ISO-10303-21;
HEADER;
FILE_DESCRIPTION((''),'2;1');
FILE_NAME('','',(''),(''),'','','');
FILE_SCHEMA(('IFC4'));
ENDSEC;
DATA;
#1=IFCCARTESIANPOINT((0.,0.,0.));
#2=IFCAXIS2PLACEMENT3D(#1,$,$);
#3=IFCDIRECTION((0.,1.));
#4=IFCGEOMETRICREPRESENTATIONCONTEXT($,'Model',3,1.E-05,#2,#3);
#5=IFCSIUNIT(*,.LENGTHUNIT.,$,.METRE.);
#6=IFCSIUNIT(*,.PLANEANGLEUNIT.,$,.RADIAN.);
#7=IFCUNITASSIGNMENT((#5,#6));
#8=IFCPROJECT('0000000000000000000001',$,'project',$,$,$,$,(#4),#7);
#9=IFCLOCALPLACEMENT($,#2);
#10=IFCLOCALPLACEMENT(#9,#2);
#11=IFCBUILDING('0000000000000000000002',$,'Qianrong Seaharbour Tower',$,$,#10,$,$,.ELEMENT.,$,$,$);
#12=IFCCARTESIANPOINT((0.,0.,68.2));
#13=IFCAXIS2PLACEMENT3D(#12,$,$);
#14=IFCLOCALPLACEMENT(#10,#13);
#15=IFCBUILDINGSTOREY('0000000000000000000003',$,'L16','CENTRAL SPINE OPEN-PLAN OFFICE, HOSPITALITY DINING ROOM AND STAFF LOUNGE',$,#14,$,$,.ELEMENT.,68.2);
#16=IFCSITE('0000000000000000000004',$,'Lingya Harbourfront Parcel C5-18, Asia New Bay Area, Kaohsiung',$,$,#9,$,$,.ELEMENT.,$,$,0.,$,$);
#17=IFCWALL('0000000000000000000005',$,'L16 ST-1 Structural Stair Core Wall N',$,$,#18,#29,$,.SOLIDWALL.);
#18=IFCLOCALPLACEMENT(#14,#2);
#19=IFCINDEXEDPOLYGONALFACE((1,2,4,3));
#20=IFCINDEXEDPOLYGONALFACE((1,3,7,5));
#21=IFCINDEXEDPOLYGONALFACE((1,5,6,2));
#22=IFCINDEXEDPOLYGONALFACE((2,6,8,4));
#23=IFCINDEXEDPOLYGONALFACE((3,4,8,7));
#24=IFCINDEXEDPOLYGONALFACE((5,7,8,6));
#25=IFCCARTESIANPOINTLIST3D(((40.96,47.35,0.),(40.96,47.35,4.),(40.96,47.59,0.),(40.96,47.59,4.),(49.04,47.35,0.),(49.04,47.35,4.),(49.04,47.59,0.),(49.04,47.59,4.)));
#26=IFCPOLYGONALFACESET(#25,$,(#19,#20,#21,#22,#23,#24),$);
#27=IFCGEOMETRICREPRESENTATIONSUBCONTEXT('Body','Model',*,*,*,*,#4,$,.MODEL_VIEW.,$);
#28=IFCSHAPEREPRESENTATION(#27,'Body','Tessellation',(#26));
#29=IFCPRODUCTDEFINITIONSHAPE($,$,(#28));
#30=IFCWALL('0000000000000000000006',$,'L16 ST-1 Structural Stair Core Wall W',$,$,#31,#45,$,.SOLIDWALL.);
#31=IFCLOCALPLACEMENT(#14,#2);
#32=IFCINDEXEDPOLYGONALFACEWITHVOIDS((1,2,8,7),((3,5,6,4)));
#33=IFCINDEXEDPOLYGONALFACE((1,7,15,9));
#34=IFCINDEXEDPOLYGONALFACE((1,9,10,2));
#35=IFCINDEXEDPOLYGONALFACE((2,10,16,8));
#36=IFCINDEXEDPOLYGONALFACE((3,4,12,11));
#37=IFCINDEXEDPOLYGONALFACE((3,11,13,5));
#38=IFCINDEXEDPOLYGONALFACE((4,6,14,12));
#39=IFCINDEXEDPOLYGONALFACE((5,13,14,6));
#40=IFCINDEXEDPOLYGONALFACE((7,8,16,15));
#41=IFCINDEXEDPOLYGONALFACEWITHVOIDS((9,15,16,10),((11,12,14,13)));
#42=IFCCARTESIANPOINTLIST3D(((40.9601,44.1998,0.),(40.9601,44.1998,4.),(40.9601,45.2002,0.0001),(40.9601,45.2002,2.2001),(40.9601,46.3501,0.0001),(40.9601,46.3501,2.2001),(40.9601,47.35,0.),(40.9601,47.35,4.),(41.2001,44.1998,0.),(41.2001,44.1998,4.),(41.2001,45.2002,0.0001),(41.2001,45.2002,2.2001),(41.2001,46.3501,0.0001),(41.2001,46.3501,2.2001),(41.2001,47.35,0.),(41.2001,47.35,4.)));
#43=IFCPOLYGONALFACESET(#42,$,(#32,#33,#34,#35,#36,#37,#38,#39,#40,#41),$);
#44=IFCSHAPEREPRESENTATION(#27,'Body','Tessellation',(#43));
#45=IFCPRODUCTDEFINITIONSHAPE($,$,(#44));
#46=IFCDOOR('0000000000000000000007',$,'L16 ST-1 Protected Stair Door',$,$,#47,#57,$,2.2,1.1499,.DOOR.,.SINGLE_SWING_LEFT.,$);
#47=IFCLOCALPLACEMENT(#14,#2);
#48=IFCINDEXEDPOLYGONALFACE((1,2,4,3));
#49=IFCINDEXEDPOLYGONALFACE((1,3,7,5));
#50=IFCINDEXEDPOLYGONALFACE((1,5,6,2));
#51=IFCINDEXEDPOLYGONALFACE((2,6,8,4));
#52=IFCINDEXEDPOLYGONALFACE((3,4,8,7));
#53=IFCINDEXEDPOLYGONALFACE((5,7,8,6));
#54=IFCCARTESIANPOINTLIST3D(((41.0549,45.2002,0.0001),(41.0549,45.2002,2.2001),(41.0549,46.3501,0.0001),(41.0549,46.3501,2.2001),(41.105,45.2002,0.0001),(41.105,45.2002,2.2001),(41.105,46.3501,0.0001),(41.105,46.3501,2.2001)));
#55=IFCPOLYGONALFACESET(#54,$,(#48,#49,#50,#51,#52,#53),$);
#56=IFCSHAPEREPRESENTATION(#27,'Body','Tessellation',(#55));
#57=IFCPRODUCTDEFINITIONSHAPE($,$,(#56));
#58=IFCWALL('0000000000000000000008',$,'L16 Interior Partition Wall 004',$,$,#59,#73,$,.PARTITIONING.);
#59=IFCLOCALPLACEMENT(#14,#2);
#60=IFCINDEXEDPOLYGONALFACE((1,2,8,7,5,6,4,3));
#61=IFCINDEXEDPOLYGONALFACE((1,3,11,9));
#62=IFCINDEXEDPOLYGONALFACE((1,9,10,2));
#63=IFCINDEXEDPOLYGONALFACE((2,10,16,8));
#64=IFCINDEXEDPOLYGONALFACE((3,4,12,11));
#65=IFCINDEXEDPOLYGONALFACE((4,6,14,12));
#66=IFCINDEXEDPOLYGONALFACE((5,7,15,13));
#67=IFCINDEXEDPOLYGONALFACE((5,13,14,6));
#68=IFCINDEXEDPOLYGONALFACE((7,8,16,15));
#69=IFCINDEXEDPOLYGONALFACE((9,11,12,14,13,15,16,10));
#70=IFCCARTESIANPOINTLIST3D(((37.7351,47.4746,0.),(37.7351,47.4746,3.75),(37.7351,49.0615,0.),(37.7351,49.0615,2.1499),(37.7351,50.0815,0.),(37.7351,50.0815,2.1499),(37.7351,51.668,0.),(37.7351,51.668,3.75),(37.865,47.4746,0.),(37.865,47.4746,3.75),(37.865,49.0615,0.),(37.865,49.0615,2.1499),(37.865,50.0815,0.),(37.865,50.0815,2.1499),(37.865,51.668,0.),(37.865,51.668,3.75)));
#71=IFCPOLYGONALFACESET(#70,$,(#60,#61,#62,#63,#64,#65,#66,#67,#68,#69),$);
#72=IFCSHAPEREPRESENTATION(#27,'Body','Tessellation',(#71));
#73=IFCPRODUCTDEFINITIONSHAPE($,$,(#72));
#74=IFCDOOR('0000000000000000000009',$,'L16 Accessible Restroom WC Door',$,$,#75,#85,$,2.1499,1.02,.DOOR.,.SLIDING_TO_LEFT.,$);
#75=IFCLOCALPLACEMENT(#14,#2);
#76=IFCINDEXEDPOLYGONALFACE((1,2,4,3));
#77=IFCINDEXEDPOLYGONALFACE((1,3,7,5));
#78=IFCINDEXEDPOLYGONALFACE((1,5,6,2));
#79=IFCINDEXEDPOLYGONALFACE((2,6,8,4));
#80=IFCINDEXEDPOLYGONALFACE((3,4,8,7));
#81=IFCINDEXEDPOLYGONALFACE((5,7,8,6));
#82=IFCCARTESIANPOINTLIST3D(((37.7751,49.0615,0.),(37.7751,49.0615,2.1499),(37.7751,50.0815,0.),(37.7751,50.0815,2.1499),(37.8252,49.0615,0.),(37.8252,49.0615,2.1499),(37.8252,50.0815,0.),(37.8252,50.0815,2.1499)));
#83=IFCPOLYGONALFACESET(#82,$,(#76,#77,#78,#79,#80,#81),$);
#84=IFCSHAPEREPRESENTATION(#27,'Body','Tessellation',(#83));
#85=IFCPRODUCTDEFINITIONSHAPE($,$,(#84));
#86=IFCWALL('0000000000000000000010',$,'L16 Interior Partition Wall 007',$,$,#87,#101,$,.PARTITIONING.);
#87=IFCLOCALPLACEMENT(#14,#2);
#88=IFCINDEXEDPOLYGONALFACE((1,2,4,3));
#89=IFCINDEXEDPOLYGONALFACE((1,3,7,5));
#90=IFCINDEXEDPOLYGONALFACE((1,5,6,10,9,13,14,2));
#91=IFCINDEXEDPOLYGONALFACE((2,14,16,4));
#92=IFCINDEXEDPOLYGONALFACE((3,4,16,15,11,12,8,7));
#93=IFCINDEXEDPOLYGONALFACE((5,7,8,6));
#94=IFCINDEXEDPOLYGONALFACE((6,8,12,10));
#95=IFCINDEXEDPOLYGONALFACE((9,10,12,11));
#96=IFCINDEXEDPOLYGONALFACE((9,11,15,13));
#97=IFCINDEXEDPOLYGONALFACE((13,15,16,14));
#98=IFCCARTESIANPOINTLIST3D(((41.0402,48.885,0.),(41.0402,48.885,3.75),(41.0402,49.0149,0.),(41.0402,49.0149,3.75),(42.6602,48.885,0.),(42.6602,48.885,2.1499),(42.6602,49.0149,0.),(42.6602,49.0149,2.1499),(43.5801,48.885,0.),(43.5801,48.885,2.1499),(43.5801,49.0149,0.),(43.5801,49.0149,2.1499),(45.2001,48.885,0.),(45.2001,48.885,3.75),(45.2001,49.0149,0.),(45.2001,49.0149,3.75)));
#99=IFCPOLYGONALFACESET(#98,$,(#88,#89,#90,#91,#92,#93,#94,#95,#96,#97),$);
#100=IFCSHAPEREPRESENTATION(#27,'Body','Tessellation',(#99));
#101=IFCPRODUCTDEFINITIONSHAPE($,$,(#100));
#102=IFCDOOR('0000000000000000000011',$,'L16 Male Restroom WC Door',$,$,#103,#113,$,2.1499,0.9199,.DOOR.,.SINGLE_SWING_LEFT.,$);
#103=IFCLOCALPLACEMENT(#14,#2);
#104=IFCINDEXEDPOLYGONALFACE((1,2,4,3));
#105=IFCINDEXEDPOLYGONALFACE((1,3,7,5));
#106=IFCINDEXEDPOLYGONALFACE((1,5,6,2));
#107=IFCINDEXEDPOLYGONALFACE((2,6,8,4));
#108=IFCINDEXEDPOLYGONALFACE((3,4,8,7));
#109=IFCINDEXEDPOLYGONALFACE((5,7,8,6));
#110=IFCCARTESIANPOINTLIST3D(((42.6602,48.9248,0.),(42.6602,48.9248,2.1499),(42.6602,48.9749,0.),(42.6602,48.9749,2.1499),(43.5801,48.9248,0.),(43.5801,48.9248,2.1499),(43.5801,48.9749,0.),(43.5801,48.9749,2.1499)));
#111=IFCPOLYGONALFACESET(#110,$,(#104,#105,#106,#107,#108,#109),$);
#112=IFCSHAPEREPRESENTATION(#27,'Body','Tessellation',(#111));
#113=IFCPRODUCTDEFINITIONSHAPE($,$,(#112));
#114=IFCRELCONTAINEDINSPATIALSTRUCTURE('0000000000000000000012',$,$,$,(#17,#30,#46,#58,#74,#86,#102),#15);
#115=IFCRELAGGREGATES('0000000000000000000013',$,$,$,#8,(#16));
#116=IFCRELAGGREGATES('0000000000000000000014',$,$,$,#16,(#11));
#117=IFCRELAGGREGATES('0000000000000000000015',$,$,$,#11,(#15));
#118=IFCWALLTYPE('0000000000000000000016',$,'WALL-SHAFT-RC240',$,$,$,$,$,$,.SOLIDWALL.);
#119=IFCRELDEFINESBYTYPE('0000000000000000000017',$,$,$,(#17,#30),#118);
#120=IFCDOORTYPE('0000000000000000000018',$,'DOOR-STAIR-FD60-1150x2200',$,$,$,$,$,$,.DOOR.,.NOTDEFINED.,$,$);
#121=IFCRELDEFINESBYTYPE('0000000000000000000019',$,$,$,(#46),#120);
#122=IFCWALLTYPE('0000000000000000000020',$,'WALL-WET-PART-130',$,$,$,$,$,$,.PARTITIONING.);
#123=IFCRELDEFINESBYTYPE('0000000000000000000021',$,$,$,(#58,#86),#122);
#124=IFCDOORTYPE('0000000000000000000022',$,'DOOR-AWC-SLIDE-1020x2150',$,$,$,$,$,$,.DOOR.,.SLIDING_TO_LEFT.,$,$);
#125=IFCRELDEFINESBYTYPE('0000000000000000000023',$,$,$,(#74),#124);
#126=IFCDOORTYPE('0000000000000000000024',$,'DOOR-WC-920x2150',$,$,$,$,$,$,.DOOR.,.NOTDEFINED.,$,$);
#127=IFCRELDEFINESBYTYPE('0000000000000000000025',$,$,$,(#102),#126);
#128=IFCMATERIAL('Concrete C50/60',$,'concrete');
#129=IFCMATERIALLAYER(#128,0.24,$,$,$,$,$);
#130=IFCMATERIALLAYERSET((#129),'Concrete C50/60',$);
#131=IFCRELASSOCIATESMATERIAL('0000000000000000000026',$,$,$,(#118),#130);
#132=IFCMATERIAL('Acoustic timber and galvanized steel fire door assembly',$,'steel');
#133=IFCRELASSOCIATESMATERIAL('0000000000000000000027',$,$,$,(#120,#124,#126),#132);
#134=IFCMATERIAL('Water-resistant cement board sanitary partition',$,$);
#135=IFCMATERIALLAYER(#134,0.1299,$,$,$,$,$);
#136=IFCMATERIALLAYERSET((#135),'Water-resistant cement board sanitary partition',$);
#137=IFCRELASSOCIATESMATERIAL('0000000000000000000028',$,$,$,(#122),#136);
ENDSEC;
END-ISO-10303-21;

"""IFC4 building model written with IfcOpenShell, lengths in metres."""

from ifc_helpers import new_model, si_unit, direction, frame, frame_2d, origin, place, context, subcontext, project, spatial, rectangle, extrude, material, layer, layer_set, type_object, element, fill, save


model = new_model("IFC4")

# Units and contexts
model_context = context("Model", 3, precision=1e-05, world=origin(), true_north=direction((0.0, 1.0)))
body_context = subcontext(model_context, "Body", "Model", "MODEL_VIEW")
ifc_project = project(units=[si_unit("LENGTHUNIT", "METRE"), si_unit("PLANEANGLEUNIT", "RADIAN")], contexts=[model_context])

# Site, building, storey
site_placement = place(None, origin())
site = spatial("IfcSite", under=ifc_project, at=site_placement, Name="Lingya Harbourfront Parcel C5-18, Asia New Bay Area, Kaohsiung", CompositionType="ELEMENT", RefElevation=0.0)
building_placement = place(site_placement, origin())
building = spatial("IfcBuilding", under=site, at=building_placement, Name="Qianrong Seaharbour Tower", CompositionType="ELEMENT")
storey_placement = place(building_placement, frame((0.0, 0.0, 68.2)))
storey = spatial("IfcBuildingStorey", under=building, at=storey_placement, Name="L16", Description="CENTRAL SPINE OPEN-PLAN OFFICE, HOSPITALITY DINING ROOM AND STAFF LOUNGE", CompositionType="ELEMENT", Elevation=68.2)

# Shared definitions
ifc_material_1 = material(Name="Acoustic timber and galvanized steel fire door assembly", Category="steel")

# Wall
ifc_material_2 = material(Name="Concrete C50/60", Category="concrete")
ifc_layer_1 = layer(ifc_material_2, 0.24)
ifc_layer_set_1 = layer_set([ifc_layer_1], Name="Concrete C50/60")
wall_type_1 = type_object("IfcWallType", Name="WALL-SHAFT-RC240", PredefinedType="SOLIDWALL", material=ifc_layer_set_1)
wall_1_placement = place(storey_placement, frame((40.96, 47.47, 0.0), z_axis=(0.0, 0.0, 1.0), x_axis=(1.0, 0.0, 0.0)))
element("IfcWall", 1, at=wall_1_placement, inside=storey, type_object=wall_type_1, Name="L16 ST-1 Structural Stair Core Wall N", PredefinedType="SOLIDWALL", context=body_context, shape_type="SweptSolid", body=[
    extrude(rectangle(XDim=8.0801, YDim=0.24, at=frame_2d((4.04, 0.0))), origin(), (0.0, 0.0, 1.0), 4.0),
])

# Walls, openings, doors
wall_2_placement = place(storey_placement, frame((41.0801, 47.3501, 0.0), z_axis=(0.0, 0.0, 1.0), x_axis=(0.0, -1.0, 0.0)))
wall_2 = element("IfcWall", 2, at=wall_2_placement, inside=storey, type_object=wall_type_1, Name="L16 ST-1 Structural Stair Core Wall W", PredefinedType="SOLIDWALL", context=body_context, shape_type="SweptSolid", body=[
    extrude(rectangle(XDim=3.1501, YDim=0.24, at=frame_2d((1.5752, 0.0))), origin(), (0.0, 0.0, 1.0), 4.0),
])
opening_1_placement = place(wall_2_placement, frame((1.0, 0.0, 0.0)))
opening_1 = element("IfcOpeningElement", 3, at=opening_1_placement, cuts=wall_2, PredefinedType="OPENING", context=body_context, shape_type="SweptSolid", body=[
    extrude(rectangle(XDim=1.1499, YDim=2.2, at=frame_2d((0.575, 1.1001))), frame((0.0, 0.1299, 0.0), z_axis=(0.0, -1.0, 0.0), x_axis=(1.0, 0.0, 0.0)), (0.0, 0.0, 1.0), 0.26),
])
door_type_1 = type_object("IfcDoorType", Name="DOOR-STAIR-FD60-1150x2200", OperationType="NOTDEFINED", PredefinedType="DOOR", material=ifc_material_1)
door_1_placement = place(opening_1_placement, origin())
door_1 = element("IfcDoor", 4, at=door_1_placement, inside=storey, type_object=door_type_1, Name="L16 ST-1 Protected Stair Door", OperationType="SINGLE_SWING_LEFT", OverallHeight=2.2, OverallWidth=1.1499, PredefinedType="DOOR", context=body_context, shape_type="SweptSolid", body=[
    extrude(rectangle(XDim=1.1499, YDim=2.2, at=frame_2d((0.575, 1.1001))), frame((0.0, 0.0249, 0.0), z_axis=(0.0, -1.0, 0.0), x_axis=(1.0, 0.0, 0.0)), (0.0, 0.0, 1.0), 0.05),
])
fill(opening_1, door_1)
ifc_material_3 = material(Name="Water-resistant cement board sanitary partition")
ifc_layer_2 = layer(ifc_material_3, 0.1299)
ifc_layer_set_2 = layer_set([ifc_layer_2], Name="Water-resistant cement board sanitary partition")
wall_type_2 = type_object("IfcWallType", Name="WALL-WET-PART-130", PredefinedType="PARTITIONING", material=ifc_layer_set_2)
wall_3_placement = place(storey_placement, frame((37.8, 47.4746, 0.0), z_axis=(0.0, 0.0, 1.0), x_axis=(0.0, 1.0, 0.0)))
wall_3 = element("IfcWall", 5, at=wall_3_placement, inside=storey, type_object=wall_type_2, Name="L16 Interior Partition Wall 004", PredefinedType="PARTITIONING", context=body_context, shape_type="SweptSolid", body=[
    extrude(rectangle(XDim=4.1934, YDim=0.1299, at=frame_2d((2.0967, 0.0))), origin(), (0.0, 0.0, 1.0), 3.75),
])
opening_2_placement = place(wall_3_placement, frame((1.5869, 0.0, 0.0)))
opening_2 = element("IfcOpeningElement", 6, at=opening_2_placement, cuts=wall_3, PredefinedType="OPENING", context=body_context, shape_type="SweptSolid", body=[
    extrude(rectangle(XDim=1.02, YDim=2.1499, at=frame_2d((0.51, 1.075))), frame((0.0, 0.075, 0.0), z_axis=(0.0, -1.0, 0.0), x_axis=(1.0, 0.0, 0.0)), (0.0, 0.0, 1.0), 0.1499),
])
door_type_2 = type_object("IfcDoorType", Name="DOOR-AWC-SLIDE-1020x2150", OperationType="SLIDING_TO_LEFT", PredefinedType="DOOR", material=ifc_material_1)
door_2_placement = place(opening_2_placement, origin())
door_2 = element("IfcDoor", 7, at=door_2_placement, inside=storey, type_object=door_type_2, Name="L16 Accessible Restroom WC Door", OperationType="SLIDING_TO_LEFT", OverallHeight=2.1499, OverallWidth=1.02, PredefinedType="DOOR", context=body_context, shape_type="SweptSolid", body=[
    extrude(rectangle(XDim=1.02, YDim=2.1499, at=frame_2d((0.51, 1.075))), frame((0.0, 0.0249, 0.0), z_axis=(0.0, -1.0, 0.0), x_axis=(1.0, 0.0, 0.0)), (0.0, 0.0, 1.0), 0.05),
])
fill(opening_2, door_2)
wall_4_placement = place(storey_placement, frame((41.04, 48.95, 0.0), z_axis=(0.0, 0.0, 1.0), x_axis=(1.0, 0.0, 0.0)))
wall_4 = element("IfcWall", 8, at=wall_4_placement, inside=storey, type_object=wall_type_2, Name="L16 Interior Partition Wall 007", PredefinedType="PARTITIONING", context=body_context, shape_type="SweptSolid", body=[
    extrude(rectangle(XDim=4.1599, YDim=0.1299, at=frame_2d((2.0801, 0.0))), origin(), (0.0, 0.0, 1.0), 3.75),
])
opening_3_placement = place(wall_4_placement, frame((1.6201, 0.0, 0.0)))
opening_3 = element("IfcOpeningElement", 9, at=opening_3_placement, cuts=wall_4, PredefinedType="OPENING", context=body_context, shape_type="SweptSolid", body=[
    extrude(rectangle(XDim=0.9199, YDim=2.1499, at=frame_2d((0.46, 1.075))), frame((0.0, 0.075, 0.0), z_axis=(0.0, -1.0, 0.0), x_axis=(1.0, 0.0, 0.0)), (0.0, 0.0, 1.0), 0.1499),
])
door_type_3 = type_object("IfcDoorType", Name="DOOR-WC-920x2150", OperationType="NOTDEFINED", PredefinedType="DOOR", material=ifc_material_1)
door_3_placement = place(opening_3_placement, origin())
door_3 = element("IfcDoor", 10, at=door_3_placement, inside=storey, type_object=door_type_3, Name="L16 Male Restroom WC Door", OperationType="SINGLE_SWING_LEFT", OverallHeight=2.1499, OverallWidth=0.9199, PredefinedType="DOOR", context=body_context, shape_type="SweptSolid", body=[
    extrude(rectangle(XDim=0.9199, YDim=2.1499, at=frame_2d((0.46, 1.075))), frame((0.0, 0.0249, 0.0), z_axis=(0.0, -1.0, 0.0), x_axis=(1.0, 0.0, 0.0)), (0.0, 0.0, 1.0), 0.05),
])
fill(opening_3, door_3)

save(model, "model.ifc")
